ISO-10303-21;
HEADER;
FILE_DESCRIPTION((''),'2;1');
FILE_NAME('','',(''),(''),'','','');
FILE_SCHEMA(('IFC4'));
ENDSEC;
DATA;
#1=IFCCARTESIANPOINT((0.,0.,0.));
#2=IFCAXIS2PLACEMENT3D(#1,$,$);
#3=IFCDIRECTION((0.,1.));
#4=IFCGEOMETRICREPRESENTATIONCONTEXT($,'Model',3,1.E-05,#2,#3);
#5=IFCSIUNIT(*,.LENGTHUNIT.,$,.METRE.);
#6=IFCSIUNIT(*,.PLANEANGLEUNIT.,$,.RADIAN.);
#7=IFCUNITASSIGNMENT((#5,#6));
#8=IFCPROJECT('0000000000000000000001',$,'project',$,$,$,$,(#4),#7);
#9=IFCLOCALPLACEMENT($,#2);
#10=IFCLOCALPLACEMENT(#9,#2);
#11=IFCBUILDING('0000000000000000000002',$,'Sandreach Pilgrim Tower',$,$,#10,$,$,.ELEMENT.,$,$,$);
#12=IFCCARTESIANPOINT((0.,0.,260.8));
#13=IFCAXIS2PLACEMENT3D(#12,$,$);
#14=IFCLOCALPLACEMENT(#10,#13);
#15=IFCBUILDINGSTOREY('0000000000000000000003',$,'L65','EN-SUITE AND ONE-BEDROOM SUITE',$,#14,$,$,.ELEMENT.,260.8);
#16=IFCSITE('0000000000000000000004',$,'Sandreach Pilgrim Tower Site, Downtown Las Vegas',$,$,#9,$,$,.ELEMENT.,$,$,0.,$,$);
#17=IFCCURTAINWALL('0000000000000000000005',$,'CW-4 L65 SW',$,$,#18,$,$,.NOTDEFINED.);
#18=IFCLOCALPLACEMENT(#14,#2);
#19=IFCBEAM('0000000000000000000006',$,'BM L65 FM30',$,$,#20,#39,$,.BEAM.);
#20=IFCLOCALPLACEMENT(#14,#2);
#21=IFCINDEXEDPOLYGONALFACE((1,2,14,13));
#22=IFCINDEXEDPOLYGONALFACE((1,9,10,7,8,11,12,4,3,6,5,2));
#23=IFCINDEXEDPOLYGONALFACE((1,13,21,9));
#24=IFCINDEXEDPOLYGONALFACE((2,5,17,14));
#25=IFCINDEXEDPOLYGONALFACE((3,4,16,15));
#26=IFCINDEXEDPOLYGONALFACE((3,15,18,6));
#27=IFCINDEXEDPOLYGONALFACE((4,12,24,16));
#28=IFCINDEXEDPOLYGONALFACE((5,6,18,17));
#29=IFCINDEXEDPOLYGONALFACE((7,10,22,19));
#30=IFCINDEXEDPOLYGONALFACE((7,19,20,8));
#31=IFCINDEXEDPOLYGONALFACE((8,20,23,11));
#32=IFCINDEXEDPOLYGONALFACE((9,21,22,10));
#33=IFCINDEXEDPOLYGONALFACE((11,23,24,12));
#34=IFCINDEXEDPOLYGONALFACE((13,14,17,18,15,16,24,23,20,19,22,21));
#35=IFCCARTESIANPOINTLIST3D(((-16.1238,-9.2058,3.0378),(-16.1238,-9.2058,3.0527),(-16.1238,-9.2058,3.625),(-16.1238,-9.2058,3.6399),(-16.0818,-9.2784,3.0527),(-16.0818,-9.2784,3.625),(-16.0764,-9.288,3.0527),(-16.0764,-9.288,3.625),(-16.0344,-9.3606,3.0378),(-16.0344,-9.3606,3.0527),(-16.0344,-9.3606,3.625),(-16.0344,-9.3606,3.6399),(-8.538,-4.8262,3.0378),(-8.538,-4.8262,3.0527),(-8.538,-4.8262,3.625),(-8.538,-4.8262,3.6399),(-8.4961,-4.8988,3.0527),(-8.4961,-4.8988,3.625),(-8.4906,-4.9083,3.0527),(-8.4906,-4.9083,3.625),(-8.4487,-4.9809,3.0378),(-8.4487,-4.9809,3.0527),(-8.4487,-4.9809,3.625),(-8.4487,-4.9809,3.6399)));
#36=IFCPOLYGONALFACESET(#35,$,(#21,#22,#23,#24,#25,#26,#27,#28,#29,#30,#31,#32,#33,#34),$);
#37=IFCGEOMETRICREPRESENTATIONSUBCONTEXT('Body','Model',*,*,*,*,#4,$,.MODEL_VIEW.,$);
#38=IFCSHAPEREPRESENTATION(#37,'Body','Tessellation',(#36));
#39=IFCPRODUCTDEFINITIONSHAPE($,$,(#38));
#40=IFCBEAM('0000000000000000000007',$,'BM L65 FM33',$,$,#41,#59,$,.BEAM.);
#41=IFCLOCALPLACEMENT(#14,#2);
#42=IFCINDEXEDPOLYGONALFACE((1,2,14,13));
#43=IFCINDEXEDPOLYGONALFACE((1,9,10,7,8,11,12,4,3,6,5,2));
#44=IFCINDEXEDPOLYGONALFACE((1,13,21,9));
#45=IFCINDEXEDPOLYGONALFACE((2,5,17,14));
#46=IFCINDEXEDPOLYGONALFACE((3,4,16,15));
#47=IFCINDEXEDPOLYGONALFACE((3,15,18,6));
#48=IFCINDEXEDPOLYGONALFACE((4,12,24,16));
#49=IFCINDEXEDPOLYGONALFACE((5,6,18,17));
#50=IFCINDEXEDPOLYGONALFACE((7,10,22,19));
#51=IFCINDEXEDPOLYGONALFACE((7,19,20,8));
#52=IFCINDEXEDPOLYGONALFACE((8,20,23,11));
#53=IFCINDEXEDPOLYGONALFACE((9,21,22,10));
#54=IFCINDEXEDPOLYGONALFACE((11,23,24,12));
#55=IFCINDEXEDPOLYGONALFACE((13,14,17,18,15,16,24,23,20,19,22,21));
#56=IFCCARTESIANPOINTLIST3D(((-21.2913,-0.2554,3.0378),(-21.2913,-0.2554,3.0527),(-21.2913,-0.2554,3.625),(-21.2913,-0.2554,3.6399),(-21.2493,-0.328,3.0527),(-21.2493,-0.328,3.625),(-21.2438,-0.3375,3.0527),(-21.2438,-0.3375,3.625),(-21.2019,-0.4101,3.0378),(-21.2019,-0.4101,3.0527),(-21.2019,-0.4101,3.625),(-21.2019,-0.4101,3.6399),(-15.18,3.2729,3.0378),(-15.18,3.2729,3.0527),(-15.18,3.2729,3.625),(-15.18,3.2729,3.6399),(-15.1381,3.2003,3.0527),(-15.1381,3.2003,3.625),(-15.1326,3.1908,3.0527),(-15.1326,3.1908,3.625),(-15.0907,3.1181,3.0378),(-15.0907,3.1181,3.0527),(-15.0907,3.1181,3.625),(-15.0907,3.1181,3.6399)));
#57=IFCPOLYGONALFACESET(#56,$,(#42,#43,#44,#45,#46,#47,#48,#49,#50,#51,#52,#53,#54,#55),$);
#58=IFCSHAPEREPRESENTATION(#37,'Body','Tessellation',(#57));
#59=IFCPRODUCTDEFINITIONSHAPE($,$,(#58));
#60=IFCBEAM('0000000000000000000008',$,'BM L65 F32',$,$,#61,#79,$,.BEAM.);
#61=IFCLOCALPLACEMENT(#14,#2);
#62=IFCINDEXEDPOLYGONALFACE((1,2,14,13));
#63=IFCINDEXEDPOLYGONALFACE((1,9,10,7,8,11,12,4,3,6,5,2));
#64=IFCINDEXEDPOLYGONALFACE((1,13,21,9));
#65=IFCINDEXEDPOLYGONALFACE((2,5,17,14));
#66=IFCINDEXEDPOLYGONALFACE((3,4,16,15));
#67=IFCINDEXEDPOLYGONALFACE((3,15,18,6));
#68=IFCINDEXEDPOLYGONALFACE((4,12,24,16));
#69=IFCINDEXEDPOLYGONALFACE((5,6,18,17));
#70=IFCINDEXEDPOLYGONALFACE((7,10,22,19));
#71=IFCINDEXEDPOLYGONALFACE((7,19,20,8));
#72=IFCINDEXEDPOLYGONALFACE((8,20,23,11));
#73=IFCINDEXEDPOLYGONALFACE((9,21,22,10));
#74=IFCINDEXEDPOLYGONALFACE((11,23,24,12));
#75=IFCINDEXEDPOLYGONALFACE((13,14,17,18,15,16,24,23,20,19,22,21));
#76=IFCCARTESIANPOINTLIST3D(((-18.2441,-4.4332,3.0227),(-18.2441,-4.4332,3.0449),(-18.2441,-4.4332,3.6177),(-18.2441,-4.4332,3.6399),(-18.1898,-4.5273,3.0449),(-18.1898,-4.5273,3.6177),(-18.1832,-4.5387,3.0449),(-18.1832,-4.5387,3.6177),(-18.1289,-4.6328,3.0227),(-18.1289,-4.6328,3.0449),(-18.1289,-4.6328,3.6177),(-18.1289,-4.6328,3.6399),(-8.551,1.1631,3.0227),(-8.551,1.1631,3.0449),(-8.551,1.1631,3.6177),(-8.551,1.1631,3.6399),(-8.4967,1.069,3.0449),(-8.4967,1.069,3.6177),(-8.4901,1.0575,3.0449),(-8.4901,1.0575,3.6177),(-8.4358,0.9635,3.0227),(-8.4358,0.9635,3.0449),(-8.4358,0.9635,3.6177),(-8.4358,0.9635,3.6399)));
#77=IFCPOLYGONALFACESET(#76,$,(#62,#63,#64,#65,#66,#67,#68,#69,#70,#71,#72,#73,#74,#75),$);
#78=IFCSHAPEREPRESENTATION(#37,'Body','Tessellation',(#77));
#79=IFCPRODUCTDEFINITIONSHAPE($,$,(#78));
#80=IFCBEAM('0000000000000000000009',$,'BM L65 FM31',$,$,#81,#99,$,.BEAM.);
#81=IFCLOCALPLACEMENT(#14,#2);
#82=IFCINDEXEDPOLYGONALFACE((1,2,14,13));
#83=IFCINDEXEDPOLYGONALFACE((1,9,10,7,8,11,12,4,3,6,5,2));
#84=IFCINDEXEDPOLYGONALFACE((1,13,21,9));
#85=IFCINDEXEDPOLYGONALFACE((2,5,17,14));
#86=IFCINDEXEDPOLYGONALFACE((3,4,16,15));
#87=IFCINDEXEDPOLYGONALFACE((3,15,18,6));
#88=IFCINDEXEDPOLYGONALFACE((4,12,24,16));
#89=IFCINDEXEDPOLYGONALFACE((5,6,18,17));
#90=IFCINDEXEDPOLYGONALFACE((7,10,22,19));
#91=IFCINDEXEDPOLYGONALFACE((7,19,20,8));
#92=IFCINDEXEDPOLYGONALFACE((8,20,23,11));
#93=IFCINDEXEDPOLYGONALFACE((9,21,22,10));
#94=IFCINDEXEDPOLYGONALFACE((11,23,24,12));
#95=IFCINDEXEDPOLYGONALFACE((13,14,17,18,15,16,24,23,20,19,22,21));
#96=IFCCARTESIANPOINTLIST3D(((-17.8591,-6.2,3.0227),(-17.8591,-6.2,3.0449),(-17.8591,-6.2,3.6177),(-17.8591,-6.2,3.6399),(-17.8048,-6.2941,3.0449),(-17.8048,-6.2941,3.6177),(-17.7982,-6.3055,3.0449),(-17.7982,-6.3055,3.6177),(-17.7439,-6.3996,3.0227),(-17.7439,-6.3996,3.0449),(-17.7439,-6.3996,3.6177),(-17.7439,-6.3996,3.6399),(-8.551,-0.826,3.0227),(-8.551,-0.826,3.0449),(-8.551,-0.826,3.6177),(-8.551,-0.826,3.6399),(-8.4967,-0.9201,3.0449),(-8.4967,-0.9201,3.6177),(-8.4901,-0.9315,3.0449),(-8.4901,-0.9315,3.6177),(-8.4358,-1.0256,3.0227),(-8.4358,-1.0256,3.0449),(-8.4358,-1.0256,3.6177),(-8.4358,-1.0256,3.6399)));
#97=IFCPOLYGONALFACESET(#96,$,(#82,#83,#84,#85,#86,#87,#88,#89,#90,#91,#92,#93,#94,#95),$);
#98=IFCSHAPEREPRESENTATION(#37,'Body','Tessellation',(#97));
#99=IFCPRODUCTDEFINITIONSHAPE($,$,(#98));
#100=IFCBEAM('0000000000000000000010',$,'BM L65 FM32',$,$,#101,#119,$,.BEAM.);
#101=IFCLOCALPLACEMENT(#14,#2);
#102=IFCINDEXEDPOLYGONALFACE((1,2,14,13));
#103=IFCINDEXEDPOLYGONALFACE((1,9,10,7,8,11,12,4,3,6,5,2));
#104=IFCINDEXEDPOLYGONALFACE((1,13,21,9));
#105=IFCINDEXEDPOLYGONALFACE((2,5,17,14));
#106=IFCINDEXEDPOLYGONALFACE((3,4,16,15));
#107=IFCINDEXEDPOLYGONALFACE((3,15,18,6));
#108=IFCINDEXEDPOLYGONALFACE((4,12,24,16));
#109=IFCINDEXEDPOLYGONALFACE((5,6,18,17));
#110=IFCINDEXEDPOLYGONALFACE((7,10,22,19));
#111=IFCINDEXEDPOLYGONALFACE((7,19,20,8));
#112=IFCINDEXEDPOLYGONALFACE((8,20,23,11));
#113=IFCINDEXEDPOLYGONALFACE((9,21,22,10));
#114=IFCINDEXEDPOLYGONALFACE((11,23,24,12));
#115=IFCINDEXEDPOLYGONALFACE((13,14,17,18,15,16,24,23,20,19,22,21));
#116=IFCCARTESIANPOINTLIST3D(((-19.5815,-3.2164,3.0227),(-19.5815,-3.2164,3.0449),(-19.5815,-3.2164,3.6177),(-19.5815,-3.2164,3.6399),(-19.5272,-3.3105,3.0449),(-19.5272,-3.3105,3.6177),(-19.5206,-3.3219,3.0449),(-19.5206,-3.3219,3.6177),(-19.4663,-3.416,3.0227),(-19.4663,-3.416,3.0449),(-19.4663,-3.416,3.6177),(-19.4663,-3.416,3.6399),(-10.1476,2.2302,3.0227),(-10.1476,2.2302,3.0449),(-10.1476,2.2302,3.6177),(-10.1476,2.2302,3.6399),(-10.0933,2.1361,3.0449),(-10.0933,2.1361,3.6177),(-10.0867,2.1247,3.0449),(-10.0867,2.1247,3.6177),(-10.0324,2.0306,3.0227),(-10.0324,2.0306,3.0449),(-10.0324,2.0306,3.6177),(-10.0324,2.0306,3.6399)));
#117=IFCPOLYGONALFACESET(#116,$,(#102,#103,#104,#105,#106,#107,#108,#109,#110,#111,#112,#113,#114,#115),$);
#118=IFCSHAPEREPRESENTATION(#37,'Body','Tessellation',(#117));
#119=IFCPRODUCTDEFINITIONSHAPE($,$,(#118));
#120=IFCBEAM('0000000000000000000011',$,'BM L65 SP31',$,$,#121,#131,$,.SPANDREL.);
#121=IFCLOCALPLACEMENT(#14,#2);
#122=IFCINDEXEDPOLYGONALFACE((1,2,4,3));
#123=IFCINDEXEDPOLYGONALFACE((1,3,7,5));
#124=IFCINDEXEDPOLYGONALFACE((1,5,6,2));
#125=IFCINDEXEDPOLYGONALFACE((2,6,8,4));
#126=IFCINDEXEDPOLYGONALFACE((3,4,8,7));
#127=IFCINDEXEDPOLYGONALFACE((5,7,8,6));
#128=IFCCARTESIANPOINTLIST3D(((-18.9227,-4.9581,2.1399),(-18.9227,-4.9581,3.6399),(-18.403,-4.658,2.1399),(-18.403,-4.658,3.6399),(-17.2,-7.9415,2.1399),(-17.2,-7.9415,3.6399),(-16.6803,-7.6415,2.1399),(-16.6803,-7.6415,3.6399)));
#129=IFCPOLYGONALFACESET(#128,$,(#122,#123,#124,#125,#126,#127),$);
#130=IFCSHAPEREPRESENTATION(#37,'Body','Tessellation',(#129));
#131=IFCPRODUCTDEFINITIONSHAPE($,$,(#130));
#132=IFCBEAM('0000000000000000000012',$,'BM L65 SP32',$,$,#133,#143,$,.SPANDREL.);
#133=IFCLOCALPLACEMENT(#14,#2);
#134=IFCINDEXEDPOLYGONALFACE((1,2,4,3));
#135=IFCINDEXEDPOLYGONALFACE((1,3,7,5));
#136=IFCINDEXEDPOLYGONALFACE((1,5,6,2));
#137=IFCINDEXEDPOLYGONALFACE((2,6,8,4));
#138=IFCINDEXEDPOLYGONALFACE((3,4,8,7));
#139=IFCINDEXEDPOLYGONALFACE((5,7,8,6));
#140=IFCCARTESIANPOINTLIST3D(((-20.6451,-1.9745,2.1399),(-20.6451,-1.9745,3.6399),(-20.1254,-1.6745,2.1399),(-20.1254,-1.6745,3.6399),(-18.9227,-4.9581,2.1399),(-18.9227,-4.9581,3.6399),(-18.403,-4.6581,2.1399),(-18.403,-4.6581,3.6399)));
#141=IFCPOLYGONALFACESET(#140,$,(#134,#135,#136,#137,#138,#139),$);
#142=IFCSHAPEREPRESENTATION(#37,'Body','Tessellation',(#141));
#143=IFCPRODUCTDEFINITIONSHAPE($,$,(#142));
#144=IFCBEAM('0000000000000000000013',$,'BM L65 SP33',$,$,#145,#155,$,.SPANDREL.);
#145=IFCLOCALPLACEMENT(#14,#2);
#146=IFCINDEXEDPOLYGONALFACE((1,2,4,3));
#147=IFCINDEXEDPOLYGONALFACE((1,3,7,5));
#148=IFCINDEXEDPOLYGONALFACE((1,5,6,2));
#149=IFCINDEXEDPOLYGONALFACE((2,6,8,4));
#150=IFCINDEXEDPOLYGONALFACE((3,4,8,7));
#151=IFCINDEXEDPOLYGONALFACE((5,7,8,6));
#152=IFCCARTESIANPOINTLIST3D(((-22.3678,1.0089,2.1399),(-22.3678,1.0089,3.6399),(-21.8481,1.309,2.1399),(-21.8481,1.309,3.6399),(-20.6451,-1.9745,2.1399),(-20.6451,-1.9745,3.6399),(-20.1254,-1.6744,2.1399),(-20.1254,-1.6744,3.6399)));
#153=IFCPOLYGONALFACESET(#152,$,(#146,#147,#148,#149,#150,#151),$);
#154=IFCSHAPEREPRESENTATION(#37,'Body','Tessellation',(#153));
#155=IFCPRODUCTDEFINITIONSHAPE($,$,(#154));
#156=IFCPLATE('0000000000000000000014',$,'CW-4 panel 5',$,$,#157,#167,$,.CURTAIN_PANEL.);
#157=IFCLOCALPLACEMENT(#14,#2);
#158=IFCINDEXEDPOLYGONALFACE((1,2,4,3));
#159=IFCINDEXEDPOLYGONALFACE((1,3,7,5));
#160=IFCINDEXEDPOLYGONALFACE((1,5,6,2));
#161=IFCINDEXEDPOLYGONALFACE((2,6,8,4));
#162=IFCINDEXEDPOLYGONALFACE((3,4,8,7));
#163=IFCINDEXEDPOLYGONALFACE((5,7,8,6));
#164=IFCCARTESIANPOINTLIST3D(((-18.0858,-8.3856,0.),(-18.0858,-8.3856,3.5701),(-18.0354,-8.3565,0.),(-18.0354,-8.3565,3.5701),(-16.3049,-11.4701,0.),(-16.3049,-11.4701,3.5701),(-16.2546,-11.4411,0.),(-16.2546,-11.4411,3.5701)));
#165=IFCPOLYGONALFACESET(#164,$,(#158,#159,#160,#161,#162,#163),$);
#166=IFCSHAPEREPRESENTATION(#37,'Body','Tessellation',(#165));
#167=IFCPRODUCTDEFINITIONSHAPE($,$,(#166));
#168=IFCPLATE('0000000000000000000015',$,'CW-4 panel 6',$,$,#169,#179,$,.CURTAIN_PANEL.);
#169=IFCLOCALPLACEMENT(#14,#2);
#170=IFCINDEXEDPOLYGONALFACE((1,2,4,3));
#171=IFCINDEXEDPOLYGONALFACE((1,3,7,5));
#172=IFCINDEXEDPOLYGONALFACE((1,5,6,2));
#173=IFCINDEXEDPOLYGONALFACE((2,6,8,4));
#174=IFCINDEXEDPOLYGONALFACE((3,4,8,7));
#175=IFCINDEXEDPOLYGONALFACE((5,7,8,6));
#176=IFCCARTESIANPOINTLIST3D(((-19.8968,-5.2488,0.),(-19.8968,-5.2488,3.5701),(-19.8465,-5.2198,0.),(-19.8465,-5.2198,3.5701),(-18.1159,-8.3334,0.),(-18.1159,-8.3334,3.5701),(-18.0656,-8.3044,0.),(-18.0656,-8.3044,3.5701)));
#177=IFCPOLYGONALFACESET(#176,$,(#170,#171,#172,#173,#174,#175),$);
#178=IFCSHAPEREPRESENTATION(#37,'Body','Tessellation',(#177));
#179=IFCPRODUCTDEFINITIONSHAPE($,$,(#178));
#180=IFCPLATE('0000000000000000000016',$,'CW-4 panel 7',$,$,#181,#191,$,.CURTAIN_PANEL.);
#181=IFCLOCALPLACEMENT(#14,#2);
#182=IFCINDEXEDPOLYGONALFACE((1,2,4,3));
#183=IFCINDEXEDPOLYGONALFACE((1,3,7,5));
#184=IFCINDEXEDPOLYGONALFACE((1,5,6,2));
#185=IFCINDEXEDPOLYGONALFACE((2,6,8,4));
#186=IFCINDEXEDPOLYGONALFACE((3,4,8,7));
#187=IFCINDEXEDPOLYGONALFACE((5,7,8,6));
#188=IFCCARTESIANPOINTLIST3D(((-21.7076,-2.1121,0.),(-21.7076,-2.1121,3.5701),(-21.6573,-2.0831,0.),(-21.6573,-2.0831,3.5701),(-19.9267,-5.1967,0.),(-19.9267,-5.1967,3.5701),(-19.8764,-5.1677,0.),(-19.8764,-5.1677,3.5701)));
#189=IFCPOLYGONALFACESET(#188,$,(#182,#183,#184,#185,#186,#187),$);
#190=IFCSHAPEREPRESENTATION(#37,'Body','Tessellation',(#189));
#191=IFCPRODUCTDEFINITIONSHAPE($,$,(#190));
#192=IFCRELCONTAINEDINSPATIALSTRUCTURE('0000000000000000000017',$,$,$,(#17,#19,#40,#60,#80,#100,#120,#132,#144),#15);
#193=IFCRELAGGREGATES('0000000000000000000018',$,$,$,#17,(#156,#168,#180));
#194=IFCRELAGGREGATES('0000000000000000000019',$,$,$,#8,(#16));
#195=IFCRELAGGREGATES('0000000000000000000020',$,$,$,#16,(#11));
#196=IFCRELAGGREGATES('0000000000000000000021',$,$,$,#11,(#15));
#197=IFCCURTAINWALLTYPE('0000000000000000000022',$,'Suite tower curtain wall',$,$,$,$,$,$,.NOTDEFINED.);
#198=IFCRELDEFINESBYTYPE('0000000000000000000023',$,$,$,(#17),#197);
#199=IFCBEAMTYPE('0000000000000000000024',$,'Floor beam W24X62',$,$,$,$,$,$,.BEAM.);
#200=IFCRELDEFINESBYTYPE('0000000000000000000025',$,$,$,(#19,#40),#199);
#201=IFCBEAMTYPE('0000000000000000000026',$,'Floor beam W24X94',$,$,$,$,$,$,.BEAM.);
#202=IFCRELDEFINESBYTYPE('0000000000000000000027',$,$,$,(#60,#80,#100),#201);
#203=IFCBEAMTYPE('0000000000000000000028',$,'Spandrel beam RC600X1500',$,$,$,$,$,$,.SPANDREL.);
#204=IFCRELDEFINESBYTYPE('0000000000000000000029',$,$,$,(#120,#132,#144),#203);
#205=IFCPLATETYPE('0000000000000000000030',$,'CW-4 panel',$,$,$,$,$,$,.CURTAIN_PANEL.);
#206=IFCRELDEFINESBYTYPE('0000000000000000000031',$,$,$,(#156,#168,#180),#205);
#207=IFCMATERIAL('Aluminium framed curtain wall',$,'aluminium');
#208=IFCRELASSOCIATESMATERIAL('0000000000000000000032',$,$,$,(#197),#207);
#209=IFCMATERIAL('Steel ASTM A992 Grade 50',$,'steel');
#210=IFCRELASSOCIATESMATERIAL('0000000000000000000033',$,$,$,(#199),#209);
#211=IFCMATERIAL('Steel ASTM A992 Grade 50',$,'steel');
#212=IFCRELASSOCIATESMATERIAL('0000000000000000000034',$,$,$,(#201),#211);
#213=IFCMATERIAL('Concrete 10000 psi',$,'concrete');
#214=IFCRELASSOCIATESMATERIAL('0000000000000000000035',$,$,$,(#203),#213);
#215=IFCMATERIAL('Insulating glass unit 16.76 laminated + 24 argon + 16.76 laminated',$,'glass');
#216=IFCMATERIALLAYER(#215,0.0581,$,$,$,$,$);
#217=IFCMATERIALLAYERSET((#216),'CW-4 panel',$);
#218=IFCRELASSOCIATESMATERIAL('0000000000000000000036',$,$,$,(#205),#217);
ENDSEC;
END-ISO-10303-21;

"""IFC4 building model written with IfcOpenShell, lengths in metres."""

from ifc_helpers import new_model, si_unit, direction, frame, origin, origin_2d, place, context, subcontext, project, spatial, rectangle, i_section, extrude, material, layer, layer_set, material_profile, profile_set, type_object, element, aggregate, save


model = new_model("IFC4")

# Units and contexts
model_context = context("Model", 3, precision=1e-05, world=origin(), true_north=direction((0.0, 1.0)))
body_context = subcontext(model_context, "Body", "Model", "MODEL_VIEW")
ifc_project = project(units=[si_unit("LENGTHUNIT", "METRE"), si_unit("PLANEANGLEUNIT", "RADIAN")], contexts=[model_context])

# Site, building, storey
site_placement = place(None, origin())
site = spatial("IfcSite", under=ifc_project, at=site_placement, Name="Sandreach Pilgrim Tower Site, Downtown Las Vegas", CompositionType="ELEMENT", RefElevation=0.0)
building_placement = place(site_placement, origin())
building = spatial("IfcBuilding", under=site, at=building_placement, Name="Sandreach Pilgrim Tower", CompositionType="ELEMENT")
storey_placement = place(building_placement, frame((0.0, 0.0, 260.8)))
storey = spatial("IfcBuildingStorey", under=building, at=storey_placement, Name="L65", Description="EN-SUITE AND ONE-BEDROOM SUITE", CompositionType="ELEMENT", Elevation=260.8)

# Curtain wall
ifc_material_1 = material(Name="Aluminium framed curtain wall", Category="aluminium")
curtain_wall_type = type_object("IfcCurtainWallType", Name="Suite tower curtain wall", PredefinedType="NOTDEFINED", material=ifc_material_1)
curtain_wall_placement = place(storey_placement, origin())
curtain_wall = element("IfcCurtainWall", 1, at=curtain_wall_placement, inside=storey, type_object=curtain_wall_type, Name="CW-4 L65 SW", PredefinedType="NOTDEFINED")

# Beams
ifc_material_2 = material(Name="Steel ASTM A992 Grade 50", Category="steel")
ifc_material_profile_1 = material_profile(ifc_material_2, i_section(OverallWidth=0.1787, OverallDepth=0.6021, WebThickness=0.011, FlangeThickness=0.0149, at=origin_2d()), Name="W24X62")
ifc_profile_set_1 = profile_set([ifc_material_profile_1], Name="Steel ASTM A992 Grade 50")
beam_type_1 = type_object("IfcBeamType", Name="Floor beam W24X62", PredefinedType="BEAM", material=ifc_profile_set_1)
beam_1_placement = place(storey_placement, frame((-16.0791, -9.2832, 3.3389), z_axis=(0.866024, 0.500003, 0.0), x_axis=(-0.500003, 0.866024, 0.0)))
element("IfcBeam", 2, at=beam_1_placement, inside=storey, type_object=beam_type_1, Name="BM L65 FM30", PredefinedType="BEAM", context=body_context, shape_type="SweptSolid", body=[
    extrude(i_section(OverallWidth=0.1787, OverallDepth=0.6021, WebThickness=0.011, FlangeThickness=0.0149, at=origin_2d()), origin(), (0.0, 0.0, 1.0), 8.7593),
])
beam_2_placement = place(storey_placement, frame((-21.2466, -0.3328, 3.3389), z_axis=(0.866029, 0.499994, 0.0), x_axis=(-0.499994, 0.866029, 0.0)))
element("IfcBeam", 3, at=beam_2_placement, inside=storey, type_object=beam_type_1, Name="BM L65 FM33", PredefinedType="BEAM", context=body_context, shape_type="SweptSolid", body=[
    extrude(i_section(OverallWidth=0.1787, OverallDepth=0.6021, WebThickness=0.011, FlangeThickness=0.0149, at=origin_2d()), origin(), (0.0, 0.0, 1.0), 7.0566),
])
ifc_material_3 = material(Name="Steel ASTM A992 Grade 50", Category="steel")
ifc_material_profile_2 = material_profile(ifc_material_3, i_section(OverallWidth=0.2305, OverallDepth=0.6172, WebThickness=0.0132, FlangeThickness=0.0222, at=origin_2d()), Name="W24X94")
ifc_profile_set_2 = profile_set([ifc_material_profile_2], Name="Steel ASTM A992 Grade 50")
beam_type_2 = type_object("IfcBeamType", Name="Floor beam W24X94", PredefinedType="BEAM", material=ifc_profile_set_2)
beam_3_placement = place(storey_placement, frame((-18.1865, -4.533, 3.3313), z_axis=(0.86603, 0.499991, 0.0), x_axis=(-0.499991, 0.86603, 0.0)))
element("IfcBeam", 4, at=beam_3_placement, inside=storey, type_object=beam_type_2, Name="BM L65 F32", PredefinedType="BEAM", context=body_context, shape_type="SweptSolid", body=[
    extrude(i_section(OverallWidth=0.2305, OverallDepth=0.6172, WebThickness=0.0132, FlangeThickness=0.0222, at=origin_2d()), origin(), (0.0, 0.0, 1.0), 11.1926),
])
beam_4_placement = place(storey_placement, frame((-17.8015, -6.2998, 3.3313), z_axis=(0.866026, 0.499999, 0.0), x_axis=(-0.499999, 0.866026, 0.0)))
element("IfcBeam", 5, at=beam_4_placement, inside=storey, type_object=beam_type_2, Name="BM L65 FM31", PredefinedType="BEAM", context=body_context, shape_type="SweptSolid", body=[
    extrude(i_section(OverallWidth=0.2305, OverallDepth=0.6172, WebThickness=0.0132, FlangeThickness=0.0222, at=origin_2d()), origin(), (0.0, 0.0, 1.0), 10.748),
])
beam_5_placement = place(storey_placement, frame((-19.5239, -3.3162, 3.3313), z_axis=(0.866029, 0.499993, 0.0), x_axis=(-0.499993, 0.866029, 0.0)))
element("IfcBeam", 6, at=beam_5_placement, inside=storey, type_object=beam_type_2, Name="BM L65 FM32", PredefinedType="BEAM", context=body_context, shape_type="SweptSolid", body=[
    extrude(i_section(OverallWidth=0.2305, OverallDepth=0.6172, WebThickness=0.0132, FlangeThickness=0.0222, at=origin_2d()), origin(), (0.0, 0.0, 1.0), 10.8933),
])
ifc_material_4 = material(Name="Concrete 10000 psi", Category="concrete")
ifc_material_profile_3 = material_profile(ifc_material_4, rectangle(XDim=0.6001, YDim=1.5, at=origin_2d()), Name="RC600X1500")
ifc_profile_set_3 = profile_set([ifc_material_profile_3], Name="Concrete 10000 psi")
beam_type_3 = type_object("IfcBeamType", Name="Spandrel beam RC600X1500", PredefinedType="SPANDREL", material=ifc_profile_set_3)
for number, where, z_axis, x_axis, name in (
    (7, (-16.9402, -7.7915, 2.8899), (-0.500041, 0.866001, 0.0), (-0.866001, -0.500041, 0.0), "BM L65 SP31"),
    (8, (-18.6628, -4.8081, 2.8899), (-0.499958, 0.86605, 0.0), (-0.86605, -0.499958, 0.0), "BM L65 SP32"),
    (9, (-20.3853, -1.8245, 2.8899), (-0.500041, 0.866001, 0.0), (-0.866001, -0.500041, 0.0), "BM L65 SP33"),
):
    element("IfcBeam", number, at=place(storey_placement, frame(where, z_axis=z_axis, x_axis=x_axis)), inside=storey, type_object=beam_type_3, Name=name, PredefinedType="SPANDREL", context=body_context, shape_type="SweptSolid", body=[
        extrude(rectangle(XDim=0.6001, YDim=1.5, at=origin_2d()), origin(), (0.0, 0.0, 1.0), 3.4451),
    ])

# Plates
ifc_material_5 = material(Name="Insulating glass unit 16.76 laminated + 24 argon + 16.76 laminated", Category="glass")
ifc_layer_1 = layer(ifc_material_5, 0.0581)
ifc_layer_set_1 = layer_set([ifc_layer_1], Name="CW-4 panel")
plate_type = type_object("IfcPlateType", Name="CW-4 panel", PredefinedType="CURTAIN_PANEL", material=ifc_layer_set_1)
plate_1_placement = place(storey_placement, frame((-17.1702, -9.9133, 0.0), z_axis=(0.0, 0.0, 1.0), x_axis=(-0.5, 0.866025, 0.0)))
plate_1 = element("IfcPlate", 10, at=plate_1_placement, type_object=plate_type, Name="CW-4 panel 5", PredefinedType="CURTAIN_PANEL", context=body_context, shape_type="SweptSolid", body=[
    extrude(rectangle(XDim=3.5618, YDim=0.0581, at=origin_2d()), origin(), (0.0, 0.0, 1.0), 3.5701),
])
plate_2_placement = place(storey_placement, frame((-18.9812, -6.7766, 0.0), z_axis=(0.0, 0.0, 1.0), x_axis=(-0.5, 0.866025, 0.0)))
plate_2 = element("IfcPlate", 11, at=plate_2_placement, type_object=plate_type, Name="CW-4 panel 6", PredefinedType="CURTAIN_PANEL", context=body_context, shape_type="SweptSolid", body=[
    extrude(rectangle(XDim=3.5618, YDim=0.0581, at=origin_2d()), origin(), (0.0, 0.0, 1.0), 3.5701),
])
plate_3_placement = place(storey_placement, frame((-20.792, -3.6399, 0.0), z_axis=(0.0, 0.0, 1.0), x_axis=(-0.5, 0.866025, 0.0)))
plate_3 = element("IfcPlate", 12, at=plate_3_placement, type_object=plate_type, Name="CW-4 panel 7", PredefinedType="CURTAIN_PANEL", context=body_context, shape_type="SweptSolid", body=[
    extrude(rectangle(XDim=3.5618, YDim=0.0581, at=origin_2d()), origin(), (0.0, 0.0, 1.0), 3.5701),
])
aggregate(curtain_wall, [plate_1, plate_2, plate_3])

save(model, "model.ifc")
